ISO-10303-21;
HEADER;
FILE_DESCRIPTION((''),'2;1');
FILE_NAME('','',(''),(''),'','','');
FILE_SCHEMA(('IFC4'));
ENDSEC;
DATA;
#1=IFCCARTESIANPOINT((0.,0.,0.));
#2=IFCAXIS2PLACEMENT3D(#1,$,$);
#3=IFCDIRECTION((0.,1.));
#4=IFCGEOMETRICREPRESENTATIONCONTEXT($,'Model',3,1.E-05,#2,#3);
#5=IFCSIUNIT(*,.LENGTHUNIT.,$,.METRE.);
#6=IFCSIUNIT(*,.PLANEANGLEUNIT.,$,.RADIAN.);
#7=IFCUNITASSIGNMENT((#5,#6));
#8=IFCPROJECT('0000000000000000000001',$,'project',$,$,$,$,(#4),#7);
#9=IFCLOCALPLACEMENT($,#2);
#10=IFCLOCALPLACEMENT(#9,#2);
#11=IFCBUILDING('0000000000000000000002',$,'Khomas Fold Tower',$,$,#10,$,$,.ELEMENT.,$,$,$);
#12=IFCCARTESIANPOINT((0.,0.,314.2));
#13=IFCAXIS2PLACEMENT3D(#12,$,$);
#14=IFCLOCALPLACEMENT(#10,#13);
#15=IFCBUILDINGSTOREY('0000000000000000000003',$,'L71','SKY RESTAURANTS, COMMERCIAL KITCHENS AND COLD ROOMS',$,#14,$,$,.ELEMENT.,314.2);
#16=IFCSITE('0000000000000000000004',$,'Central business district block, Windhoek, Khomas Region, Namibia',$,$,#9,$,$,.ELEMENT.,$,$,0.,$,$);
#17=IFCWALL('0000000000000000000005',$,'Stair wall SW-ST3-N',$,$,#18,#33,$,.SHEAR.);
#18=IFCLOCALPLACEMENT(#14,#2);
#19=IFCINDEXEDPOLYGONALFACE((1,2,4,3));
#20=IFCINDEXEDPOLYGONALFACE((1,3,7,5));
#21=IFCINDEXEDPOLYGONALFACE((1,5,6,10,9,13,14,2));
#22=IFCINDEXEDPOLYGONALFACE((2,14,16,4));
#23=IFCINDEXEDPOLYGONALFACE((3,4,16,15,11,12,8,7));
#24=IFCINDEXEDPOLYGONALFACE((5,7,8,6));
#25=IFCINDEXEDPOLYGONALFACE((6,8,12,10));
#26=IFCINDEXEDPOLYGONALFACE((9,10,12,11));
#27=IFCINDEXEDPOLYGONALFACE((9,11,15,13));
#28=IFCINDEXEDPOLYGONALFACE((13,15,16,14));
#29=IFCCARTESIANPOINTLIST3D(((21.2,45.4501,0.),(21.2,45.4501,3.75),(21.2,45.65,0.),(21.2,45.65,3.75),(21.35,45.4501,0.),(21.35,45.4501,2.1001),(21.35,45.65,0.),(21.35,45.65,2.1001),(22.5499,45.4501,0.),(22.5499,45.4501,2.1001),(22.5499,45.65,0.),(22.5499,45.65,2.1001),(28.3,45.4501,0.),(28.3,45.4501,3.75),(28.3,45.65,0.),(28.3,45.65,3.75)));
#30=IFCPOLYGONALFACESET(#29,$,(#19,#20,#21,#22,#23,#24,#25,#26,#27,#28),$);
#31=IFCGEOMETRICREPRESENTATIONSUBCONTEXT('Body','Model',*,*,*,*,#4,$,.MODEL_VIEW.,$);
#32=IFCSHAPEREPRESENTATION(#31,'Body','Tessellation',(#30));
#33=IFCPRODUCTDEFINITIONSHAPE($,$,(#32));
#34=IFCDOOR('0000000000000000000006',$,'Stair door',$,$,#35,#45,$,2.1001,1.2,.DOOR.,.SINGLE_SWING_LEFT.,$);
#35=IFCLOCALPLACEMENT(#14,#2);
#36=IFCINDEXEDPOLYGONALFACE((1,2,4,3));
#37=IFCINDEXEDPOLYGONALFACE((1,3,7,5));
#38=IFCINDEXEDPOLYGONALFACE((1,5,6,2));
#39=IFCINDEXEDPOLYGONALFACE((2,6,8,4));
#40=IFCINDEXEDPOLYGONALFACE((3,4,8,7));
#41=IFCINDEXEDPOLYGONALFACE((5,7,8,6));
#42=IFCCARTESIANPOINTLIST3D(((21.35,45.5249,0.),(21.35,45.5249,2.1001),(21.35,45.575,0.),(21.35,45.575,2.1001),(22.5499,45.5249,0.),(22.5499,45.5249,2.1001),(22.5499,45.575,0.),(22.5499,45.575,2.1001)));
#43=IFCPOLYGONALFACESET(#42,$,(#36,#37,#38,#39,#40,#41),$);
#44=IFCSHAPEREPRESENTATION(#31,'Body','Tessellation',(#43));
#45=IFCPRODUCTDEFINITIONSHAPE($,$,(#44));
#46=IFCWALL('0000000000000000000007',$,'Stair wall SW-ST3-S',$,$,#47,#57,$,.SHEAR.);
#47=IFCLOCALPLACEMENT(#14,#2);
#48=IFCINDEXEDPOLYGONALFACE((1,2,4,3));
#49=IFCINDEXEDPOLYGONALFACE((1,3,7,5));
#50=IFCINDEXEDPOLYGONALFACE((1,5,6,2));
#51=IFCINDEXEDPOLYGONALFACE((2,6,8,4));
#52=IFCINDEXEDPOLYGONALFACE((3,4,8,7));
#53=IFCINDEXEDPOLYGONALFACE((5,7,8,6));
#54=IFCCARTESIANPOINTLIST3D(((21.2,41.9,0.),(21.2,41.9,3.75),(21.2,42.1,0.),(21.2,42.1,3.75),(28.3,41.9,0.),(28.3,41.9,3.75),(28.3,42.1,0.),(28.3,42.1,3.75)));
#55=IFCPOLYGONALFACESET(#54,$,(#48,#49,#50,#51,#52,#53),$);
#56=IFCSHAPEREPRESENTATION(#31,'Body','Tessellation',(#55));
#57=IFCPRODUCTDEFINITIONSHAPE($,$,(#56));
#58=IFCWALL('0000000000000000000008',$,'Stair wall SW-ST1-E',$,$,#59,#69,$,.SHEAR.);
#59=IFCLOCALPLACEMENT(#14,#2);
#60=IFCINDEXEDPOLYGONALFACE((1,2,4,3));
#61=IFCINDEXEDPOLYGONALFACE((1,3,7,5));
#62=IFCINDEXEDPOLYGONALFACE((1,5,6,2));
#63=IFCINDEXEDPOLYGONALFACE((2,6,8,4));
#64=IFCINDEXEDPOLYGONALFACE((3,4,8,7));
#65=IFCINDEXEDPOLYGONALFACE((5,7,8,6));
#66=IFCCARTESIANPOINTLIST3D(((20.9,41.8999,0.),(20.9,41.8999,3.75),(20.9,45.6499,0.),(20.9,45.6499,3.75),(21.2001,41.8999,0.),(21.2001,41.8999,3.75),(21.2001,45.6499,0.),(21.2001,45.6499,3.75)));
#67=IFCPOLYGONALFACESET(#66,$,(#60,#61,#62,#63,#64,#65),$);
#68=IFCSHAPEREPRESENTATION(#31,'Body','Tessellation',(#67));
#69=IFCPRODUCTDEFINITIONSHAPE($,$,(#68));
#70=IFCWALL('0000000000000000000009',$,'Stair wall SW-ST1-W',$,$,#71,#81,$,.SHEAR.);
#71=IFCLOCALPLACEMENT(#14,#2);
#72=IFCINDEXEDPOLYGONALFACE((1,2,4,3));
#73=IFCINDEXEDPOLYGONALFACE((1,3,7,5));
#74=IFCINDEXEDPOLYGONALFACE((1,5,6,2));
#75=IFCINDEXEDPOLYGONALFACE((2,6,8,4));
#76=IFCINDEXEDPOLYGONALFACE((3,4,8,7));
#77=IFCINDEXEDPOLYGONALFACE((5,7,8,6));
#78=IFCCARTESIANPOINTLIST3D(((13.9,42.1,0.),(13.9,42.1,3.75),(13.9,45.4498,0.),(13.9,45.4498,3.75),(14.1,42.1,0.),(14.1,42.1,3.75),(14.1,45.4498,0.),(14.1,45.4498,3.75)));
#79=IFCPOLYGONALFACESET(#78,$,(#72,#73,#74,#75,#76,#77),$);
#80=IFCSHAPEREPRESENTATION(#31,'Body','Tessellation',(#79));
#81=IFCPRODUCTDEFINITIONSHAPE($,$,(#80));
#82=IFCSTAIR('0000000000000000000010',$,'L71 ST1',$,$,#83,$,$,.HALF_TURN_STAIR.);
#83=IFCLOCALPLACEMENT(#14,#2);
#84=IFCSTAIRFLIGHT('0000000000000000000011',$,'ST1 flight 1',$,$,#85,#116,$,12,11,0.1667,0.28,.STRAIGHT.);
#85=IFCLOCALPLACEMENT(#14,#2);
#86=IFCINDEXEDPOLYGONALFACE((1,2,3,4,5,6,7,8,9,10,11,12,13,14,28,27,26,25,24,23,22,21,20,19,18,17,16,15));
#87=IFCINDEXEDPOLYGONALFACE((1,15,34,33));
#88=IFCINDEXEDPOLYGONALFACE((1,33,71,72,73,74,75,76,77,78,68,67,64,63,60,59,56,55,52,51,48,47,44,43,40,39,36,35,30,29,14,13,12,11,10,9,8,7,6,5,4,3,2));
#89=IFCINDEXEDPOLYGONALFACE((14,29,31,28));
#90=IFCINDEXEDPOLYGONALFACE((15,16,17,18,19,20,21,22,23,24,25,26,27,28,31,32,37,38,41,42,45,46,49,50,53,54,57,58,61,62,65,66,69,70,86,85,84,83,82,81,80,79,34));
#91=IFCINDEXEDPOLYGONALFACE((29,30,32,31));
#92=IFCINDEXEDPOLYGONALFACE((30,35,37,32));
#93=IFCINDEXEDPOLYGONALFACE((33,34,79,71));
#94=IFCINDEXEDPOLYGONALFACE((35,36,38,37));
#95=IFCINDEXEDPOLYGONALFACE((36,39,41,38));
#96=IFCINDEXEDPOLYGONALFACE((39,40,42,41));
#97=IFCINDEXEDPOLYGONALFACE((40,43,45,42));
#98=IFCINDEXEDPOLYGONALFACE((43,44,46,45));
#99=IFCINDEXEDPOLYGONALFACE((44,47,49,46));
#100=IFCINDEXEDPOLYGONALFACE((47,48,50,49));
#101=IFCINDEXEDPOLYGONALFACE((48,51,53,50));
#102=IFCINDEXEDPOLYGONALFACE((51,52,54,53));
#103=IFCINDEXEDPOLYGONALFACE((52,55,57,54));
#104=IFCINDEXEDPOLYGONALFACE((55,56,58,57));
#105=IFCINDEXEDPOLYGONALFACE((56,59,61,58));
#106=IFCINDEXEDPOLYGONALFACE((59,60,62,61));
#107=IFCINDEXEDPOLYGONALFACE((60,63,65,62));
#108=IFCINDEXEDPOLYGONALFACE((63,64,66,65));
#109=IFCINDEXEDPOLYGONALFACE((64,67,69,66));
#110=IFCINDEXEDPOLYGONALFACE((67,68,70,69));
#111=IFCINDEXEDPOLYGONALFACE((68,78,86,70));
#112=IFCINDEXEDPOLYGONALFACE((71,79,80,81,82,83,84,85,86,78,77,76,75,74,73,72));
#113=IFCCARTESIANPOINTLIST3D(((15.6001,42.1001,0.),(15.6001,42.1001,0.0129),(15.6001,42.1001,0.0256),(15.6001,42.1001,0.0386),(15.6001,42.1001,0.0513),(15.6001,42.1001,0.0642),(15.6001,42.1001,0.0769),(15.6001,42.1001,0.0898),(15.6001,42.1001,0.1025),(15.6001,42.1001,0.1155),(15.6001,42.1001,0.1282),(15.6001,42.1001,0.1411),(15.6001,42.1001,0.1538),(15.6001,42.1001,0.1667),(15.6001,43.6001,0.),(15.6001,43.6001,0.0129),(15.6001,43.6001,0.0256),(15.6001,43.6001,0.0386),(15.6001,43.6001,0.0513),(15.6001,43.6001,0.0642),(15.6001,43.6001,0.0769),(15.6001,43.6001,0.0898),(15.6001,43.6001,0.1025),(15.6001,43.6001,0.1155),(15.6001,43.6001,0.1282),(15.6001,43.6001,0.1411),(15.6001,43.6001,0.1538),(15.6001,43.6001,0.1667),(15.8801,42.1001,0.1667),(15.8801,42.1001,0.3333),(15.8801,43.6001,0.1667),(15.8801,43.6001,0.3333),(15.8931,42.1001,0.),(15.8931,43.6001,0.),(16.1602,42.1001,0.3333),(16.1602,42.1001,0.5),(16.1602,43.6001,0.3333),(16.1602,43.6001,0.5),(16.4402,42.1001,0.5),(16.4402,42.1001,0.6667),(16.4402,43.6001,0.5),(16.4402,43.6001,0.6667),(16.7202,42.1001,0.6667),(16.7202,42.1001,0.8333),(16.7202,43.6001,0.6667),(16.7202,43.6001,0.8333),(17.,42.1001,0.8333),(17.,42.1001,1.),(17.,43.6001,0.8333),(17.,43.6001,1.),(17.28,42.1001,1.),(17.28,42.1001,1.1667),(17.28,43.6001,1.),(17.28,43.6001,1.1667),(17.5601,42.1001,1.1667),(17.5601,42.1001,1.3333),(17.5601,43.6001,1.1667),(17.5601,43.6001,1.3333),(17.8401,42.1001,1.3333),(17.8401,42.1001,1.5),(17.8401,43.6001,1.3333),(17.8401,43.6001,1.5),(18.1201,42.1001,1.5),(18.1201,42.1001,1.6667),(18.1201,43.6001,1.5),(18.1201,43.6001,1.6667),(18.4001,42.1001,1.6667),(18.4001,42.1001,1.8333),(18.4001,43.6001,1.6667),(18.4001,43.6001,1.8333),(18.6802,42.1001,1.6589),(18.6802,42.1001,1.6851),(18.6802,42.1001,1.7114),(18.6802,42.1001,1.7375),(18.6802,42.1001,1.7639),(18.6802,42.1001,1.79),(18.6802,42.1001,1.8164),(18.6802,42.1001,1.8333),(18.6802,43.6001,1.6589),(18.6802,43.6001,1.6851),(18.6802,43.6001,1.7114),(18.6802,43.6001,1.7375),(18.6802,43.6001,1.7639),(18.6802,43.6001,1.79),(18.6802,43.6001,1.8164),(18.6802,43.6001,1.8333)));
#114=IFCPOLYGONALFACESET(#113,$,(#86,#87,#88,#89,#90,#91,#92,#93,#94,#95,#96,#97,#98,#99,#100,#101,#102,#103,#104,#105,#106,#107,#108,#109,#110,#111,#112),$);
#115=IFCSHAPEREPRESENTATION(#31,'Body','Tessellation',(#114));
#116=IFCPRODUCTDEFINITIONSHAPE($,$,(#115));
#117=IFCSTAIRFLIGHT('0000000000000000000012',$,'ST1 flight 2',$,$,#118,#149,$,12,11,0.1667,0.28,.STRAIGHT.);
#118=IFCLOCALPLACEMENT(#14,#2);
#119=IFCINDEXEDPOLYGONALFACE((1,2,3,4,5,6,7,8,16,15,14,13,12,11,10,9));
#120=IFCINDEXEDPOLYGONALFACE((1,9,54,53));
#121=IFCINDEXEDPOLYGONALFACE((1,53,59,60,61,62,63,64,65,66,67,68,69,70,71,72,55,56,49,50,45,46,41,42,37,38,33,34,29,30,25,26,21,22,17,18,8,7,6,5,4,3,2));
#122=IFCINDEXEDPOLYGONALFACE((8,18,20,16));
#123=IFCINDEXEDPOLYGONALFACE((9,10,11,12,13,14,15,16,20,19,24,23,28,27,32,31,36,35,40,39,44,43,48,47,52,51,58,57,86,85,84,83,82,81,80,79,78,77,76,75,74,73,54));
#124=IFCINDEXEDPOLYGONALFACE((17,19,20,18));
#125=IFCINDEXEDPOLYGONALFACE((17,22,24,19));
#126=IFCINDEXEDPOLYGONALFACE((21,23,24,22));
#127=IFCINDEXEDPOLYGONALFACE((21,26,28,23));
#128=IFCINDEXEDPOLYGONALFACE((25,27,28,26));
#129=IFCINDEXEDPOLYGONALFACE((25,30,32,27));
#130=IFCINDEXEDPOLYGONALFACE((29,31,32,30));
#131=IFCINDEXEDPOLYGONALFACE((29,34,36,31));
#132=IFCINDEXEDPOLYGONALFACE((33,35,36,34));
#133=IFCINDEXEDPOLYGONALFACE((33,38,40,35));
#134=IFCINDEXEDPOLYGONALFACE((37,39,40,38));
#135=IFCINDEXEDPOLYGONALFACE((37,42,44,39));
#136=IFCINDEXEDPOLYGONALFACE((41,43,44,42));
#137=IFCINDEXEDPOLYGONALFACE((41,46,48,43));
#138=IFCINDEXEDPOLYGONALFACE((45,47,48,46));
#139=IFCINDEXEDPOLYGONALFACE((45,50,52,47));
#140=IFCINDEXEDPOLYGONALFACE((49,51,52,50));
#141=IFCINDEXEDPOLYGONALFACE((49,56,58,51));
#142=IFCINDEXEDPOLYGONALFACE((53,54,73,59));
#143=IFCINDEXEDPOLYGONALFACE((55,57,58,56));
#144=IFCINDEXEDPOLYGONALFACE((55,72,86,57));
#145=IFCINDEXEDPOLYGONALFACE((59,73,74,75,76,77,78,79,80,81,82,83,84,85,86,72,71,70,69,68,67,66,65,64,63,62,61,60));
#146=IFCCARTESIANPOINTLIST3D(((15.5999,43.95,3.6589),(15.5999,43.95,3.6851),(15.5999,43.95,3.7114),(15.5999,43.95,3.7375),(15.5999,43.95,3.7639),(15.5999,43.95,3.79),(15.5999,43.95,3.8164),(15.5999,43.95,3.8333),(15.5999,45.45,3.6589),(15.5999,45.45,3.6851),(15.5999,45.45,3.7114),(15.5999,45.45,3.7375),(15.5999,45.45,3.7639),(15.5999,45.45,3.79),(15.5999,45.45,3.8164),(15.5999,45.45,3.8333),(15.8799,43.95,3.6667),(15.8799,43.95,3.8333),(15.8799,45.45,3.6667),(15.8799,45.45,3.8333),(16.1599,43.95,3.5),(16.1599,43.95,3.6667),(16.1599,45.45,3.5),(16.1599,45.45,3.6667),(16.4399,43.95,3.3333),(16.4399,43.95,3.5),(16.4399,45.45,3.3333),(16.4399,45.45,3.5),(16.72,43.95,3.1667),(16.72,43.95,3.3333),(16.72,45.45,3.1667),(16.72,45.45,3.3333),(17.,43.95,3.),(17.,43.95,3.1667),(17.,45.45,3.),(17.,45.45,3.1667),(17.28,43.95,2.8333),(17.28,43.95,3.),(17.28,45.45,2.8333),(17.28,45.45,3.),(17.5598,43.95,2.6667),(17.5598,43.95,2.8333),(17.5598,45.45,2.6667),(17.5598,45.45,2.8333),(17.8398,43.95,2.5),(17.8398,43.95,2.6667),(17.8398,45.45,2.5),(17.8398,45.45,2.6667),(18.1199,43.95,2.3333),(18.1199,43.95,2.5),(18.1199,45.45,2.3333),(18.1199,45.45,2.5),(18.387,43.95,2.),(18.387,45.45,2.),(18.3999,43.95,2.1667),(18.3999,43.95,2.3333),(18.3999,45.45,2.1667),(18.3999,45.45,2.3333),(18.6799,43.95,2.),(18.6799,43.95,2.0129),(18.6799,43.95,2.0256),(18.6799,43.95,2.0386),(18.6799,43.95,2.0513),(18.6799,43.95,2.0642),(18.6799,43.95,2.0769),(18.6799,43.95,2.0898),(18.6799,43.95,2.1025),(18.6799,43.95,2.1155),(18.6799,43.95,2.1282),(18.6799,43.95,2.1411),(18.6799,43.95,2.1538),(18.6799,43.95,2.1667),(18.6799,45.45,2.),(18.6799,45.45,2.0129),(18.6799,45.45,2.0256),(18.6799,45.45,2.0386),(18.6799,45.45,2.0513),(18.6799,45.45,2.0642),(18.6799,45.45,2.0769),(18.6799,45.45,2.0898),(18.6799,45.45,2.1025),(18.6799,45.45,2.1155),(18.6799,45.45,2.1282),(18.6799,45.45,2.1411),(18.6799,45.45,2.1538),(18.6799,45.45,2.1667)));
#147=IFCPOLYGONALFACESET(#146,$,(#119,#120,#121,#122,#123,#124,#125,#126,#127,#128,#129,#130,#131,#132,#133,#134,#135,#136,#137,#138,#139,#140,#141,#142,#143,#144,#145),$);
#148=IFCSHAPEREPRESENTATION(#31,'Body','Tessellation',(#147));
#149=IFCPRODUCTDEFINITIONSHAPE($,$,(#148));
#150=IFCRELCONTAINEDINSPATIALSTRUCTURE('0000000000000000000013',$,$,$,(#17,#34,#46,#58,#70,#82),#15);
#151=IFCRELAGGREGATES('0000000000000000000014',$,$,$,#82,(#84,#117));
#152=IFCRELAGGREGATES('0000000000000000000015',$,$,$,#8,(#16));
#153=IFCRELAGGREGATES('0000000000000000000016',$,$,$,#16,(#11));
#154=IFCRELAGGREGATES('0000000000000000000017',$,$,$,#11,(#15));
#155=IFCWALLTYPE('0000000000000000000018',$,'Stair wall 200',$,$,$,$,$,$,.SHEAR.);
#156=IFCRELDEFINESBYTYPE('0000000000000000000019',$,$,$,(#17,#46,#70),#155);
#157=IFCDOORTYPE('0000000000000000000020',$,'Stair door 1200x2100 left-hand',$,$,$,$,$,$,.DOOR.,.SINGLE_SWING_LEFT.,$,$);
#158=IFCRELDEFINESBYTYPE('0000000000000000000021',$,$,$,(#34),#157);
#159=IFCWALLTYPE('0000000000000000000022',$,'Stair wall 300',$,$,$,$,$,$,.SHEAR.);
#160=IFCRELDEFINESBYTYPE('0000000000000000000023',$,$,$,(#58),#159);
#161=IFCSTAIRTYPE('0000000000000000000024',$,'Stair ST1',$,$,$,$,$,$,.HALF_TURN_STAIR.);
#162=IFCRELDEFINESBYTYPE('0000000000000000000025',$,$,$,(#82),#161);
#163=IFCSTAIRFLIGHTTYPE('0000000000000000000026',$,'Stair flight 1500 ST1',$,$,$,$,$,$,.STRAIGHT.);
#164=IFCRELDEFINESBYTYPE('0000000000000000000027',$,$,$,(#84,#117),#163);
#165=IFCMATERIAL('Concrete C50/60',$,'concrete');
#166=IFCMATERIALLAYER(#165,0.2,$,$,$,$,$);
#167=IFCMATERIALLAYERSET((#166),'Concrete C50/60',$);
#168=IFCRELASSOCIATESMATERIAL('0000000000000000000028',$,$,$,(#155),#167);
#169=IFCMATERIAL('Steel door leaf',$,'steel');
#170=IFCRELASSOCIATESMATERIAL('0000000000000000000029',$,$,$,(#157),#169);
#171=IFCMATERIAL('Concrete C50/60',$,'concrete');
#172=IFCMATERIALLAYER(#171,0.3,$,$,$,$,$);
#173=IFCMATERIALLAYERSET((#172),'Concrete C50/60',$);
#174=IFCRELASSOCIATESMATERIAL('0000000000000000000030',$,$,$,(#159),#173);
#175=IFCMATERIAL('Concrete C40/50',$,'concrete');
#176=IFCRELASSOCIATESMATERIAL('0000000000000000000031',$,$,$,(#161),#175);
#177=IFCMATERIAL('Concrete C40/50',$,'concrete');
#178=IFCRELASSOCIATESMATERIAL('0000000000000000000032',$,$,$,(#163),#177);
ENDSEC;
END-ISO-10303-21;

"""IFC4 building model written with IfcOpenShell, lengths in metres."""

from ifc_helpers import new_model, si_unit, direction, frame, frame_2d, origin, place, context, subcontext, project, spatial, polyline, rectangle, outline, extrude, source, transform, mapped, material, layer, layer_set, type_object, element, fill, aggregate, save


model = new_model("IFC4")

# Units and contexts
model_context = context("Model", 3, precision=1e-05, world=origin(), true_north=direction((0.0, 1.0)))
body_context = subcontext(model_context, "Body", "Model", "MODEL_VIEW")
ifc_project = project(units=[si_unit("LENGTHUNIT", "METRE"), si_unit("PLANEANGLEUNIT", "RADIAN")], contexts=[model_context])

# Site, building, storey
site_placement = place(None, origin())
site = spatial("IfcSite", under=ifc_project, at=site_placement, Name="Central business district block, Windhoek, Khomas Region, Namibia", CompositionType="ELEMENT", RefElevation=0.0)
building_placement = place(site_placement, origin())
building = spatial("IfcBuilding", under=site, at=building_placement, Name="Khomas Fold Tower", CompositionType="ELEMENT")
storey_placement = place(building_placement, frame((0.0, 0.0, 314.2)))
storey = spatial("IfcBuildingStorey", under=building, at=storey_placement, Name="L71", Description="SKY RESTAURANTS, COMMERCIAL KITCHENS AND COLD ROOMS", CompositionType="ELEMENT", Elevation=314.2)

# Shared definitions
ifc_material_1 = material(Name="Concrete C50/60", Category="concrete")
ifc_layer_1 = layer(ifc_material_1, 0.2)
ifc_layer_set_1 = layer_set([ifc_layer_1], Name="Concrete C50/60")
wall_type_1 = type_object("IfcWallType", Name="Stair wall 200", PredefinedType="SHEAR", material=ifc_layer_set_1)
shared_shape_1 = source(origin(), body_context, "Body", "SweptSolid", [
    extrude(rectangle(XDim=1.2, YDim=2.1001, at=frame_2d((0.6001, 1.05))), frame((0.0, 0.1099, 0.0), z_axis=(0.0, -1.0, 0.0), x_axis=(1.0, 0.0, 0.0)), (0.0, 0.0, 1.0), 0.22),
])
ifc_material_2 = material(Name="Steel door leaf", Category="steel")
door_type = type_object("IfcDoorType", Name="Stair door 1200x2100 left-hand", OperationType="SINGLE_SWING_LEFT", PredefinedType="DOOR", material=ifc_material_2)
shared_shape_2 = source(origin(), body_context, "Body", "SweptSolid", [
    extrude(rectangle(XDim=1.2, YDim=2.1001, at=frame_2d((0.6001, 1.05))), frame((0.0, 0.0249, 0.0), z_axis=(0.0, -1.0, 0.0), x_axis=(1.0, 0.0, 0.0)), (0.0, 0.0, 1.0), 0.05),
])

# Wall, opening, door
shared_shape_3 = source(origin(), body_context, "Body", "SweptSolid", [
    extrude(rectangle(XDim=7.1001, YDim=0.2, at=frame_2d((3.55, 0.0))), origin(), (0.0, 0.0, 1.0), 3.75),
])
wall_1_placement = place(storey_placement, frame((21.2, 45.55, 0.0), z_axis=(0.0, 0.0, 1.0), x_axis=(1.0, 0.0, 0.0)))
wall_1 = element("IfcWall", 1, at=wall_1_placement, inside=storey, type_object=wall_type_1, Name="Stair wall SW-ST3-N", PredefinedType="SHEAR", context=body_context, shape_type="MappedRepresentation", body=[
    mapped(shared_shape_3, transform((0.0, 0.0, 0.0))),
])
opening_1_placement = place(wall_1_placement, frame((0.1499, 0.0, 0.0)))
opening_1 = element("IfcOpeningElement", 2, at=opening_1_placement, cuts=wall_1, PredefinedType="OPENING", context=body_context, shape_type="MappedRepresentation", body=[
    mapped(shared_shape_1, transform((0.0, 0.0, 0.0))),
])
door_1_placement = place(opening_1_placement, origin())
door_1 = element("IfcDoor", 3, at=door_1_placement, inside=storey, type_object=door_type, Name="Stair door", OperationType="SINGLE_SWING_LEFT", OverallHeight=2.1001, OverallWidth=1.2, PredefinedType="DOOR", context=body_context, shape_type="MappedRepresentation", body=[
    mapped(shared_shape_2, transform((0.0, 0.0, 0.0))),
])
fill(opening_1, door_1)

# Walls
wall_2_placement = place(storey_placement, frame((21.2, 42.0, 0.0), z_axis=(0.0, 0.0, 1.0), x_axis=(1.0, 0.0, 0.0)))
element("IfcWall", 4, at=wall_2_placement, inside=storey, type_object=wall_type_1, Name="Stair wall SW-ST3-S", PredefinedType="SHEAR", context=body_context, shape_type="MappedRepresentation", body=[
    mapped(shared_shape_3, transform((0.0, 0.0, 0.0))),
])
ifc_material_3 = material(Name="Concrete C50/60", Category="concrete")
ifc_layer_2 = layer(ifc_material_3, 0.3)
ifc_layer_set_2 = layer_set([ifc_layer_2], Name="Concrete C50/60")
wall_type_2 = type_object("IfcWallType", Name="Stair wall 300", PredefinedType="SHEAR", material=ifc_layer_set_2)
shared_shape_4 = source(origin(), body_context, "Body", "SweptSolid", [
    extrude(rectangle(XDim=3.75, YDim=0.3, at=frame_2d((1.875, 0.0))), origin(), (0.0, 0.0, 1.0), 3.75),
])
wall_3_placement = place(storey_placement, frame((21.05, 41.8999, 0.0), z_axis=(0.0, 0.0, 1.0), x_axis=(0.0, 1.0, 0.0)))
element("IfcWall", 5, at=wall_3_placement, inside=storey, type_object=wall_type_2, Name="Stair wall SW-ST1-E", PredefinedType="SHEAR", context=body_context, shape_type="MappedRepresentation", body=[
    mapped(shared_shape_4, transform((0.0, 0.0, 0.0))),
])
shared_shape_5 = source(origin(), body_context, "Body", "SweptSolid", [
    extrude(rectangle(XDim=3.3499, YDim=0.2, at=frame_2d((1.6748, 0.0))), origin(), (0.0, 0.0, 1.0), 3.75),
])
wall_4_placement = place(storey_placement, frame((14.0, 42.1001, 0.0), z_axis=(0.0, 0.0, 1.0), x_axis=(0.0, 1.0, 0.0)))
element("IfcWall", 6, at=wall_4_placement, inside=storey, type_object=wall_type_1, Name="Stair wall SW-ST1-W", PredefinedType="SHEAR", context=body_context, shape_type="MappedRepresentation", body=[
    mapped(shared_shape_5, transform((0.0, 0.0, 0.0))),
])

# Stair, stair flights
ifc_material_4 = material(Name="Concrete C40/50", Category="concrete")
stair_type_1 = type_object("IfcStairType", Name="Stair ST1", PredefinedType="HALF_TURN_STAIR", material=ifc_material_4)
stair_1_placement = place(storey_placement, origin())
stair_1 = element("IfcStair", 7, at=stair_1_placement, inside=storey, type_object=stair_type_1, Name="L71 ST1", PredefinedType="HALF_TURN_STAIR")
ifc_material_5 = material(Name="Concrete C40/50", Category="concrete")
stair_flight_type_1 = type_object("IfcStairFlightType", Name="Stair flight 1500 ST1", PredefinedType="STRAIGHT", material=ifc_material_5)
shared_shape_6 = source(origin(), body_context, "Body", "SweptSolid", [
    extrude(outline(polyline([(0.0, 0.0), (0.0, 0.0129), (0.0, 0.0256), (0.0, 0.0386), (0.0, 0.0513), (0.0, 0.0642), (0.0, 0.0769), (0.0, 0.0898), (0.0, 0.1025), (0.0, 0.1155), (0.0, 0.1282), (0.0, 0.1411), (0.0, 0.1538), (0.0, 0.1667), (0.28, 0.1667), (0.28, 0.3333), (0.5601, 0.3333), (0.5601, 0.5), (0.8401, 0.5), (0.8401, 0.6667), (1.1201, 0.6667), (1.1201, 0.8333), (1.3999, 0.8333), (1.3999, 1.0), (1.6799, 1.0), (1.6799, 1.1667), (1.96, 1.1667), (1.96, 1.3333), (2.24, 1.3333), (2.24, 1.5), (2.52, 1.5), (2.52, 1.6667), (2.8, 1.6667), (2.8, 1.8333), (3.0801, 1.8333), (3.0801, 2.0), (3.0801, 1.9739), (3.0801, 1.9475), (3.0801, 1.9214), (3.0801, 1.895), (3.0801, 1.8689), (3.0801, 1.8425), (3.0801, 1.8164), (3.0801, 1.79), (3.0801, 1.7639), (3.0801, 1.7375), (3.0801, 1.7114), (3.0801, 1.6851), (3.0801, 1.6589), (0.293, 0.0), (0.0, 0.0)])), frame((0.0, 0.75, 0.0), z_axis=(0.0, -1.0, 0.0), x_axis=(1.0, 0.0, 0.0)), (0.0, 0.0, 1.0), 1.5),
])
stair_flight_1_placement = place(storey_placement, frame((15.6001, 42.8501, 0.0), z_axis=(0.0, 0.0, 1.0), x_axis=(1.0, 0.0, 0.0)))
stair_flight_1 = element("IfcStairFlight", 8, at=stair_flight_1_placement, type_object=stair_flight_type_1, Name="ST1 flight 1", NumberOfRisers=12, NumberOfTreads=11, PredefinedType="STRAIGHT", RiserHeight=0.1667, TreadLength=0.28, context=body_context, shape_type="MappedRepresentation", body=[
    mapped(shared_shape_6, transform((0.0, 0.0, 0.0))),
])
stair_flight_2_placement = place(storey_placement, frame((18.6799, 44.7, 2.0), z_axis=(0.0, 0.0, 1.0), x_axis=(-1.0, 0.0, 0.0)))
stair_flight_2 = element("IfcStairFlight", 9, at=stair_flight_2_placement, type_object=stair_flight_type_1, Name="ST1 flight 2", NumberOfRisers=12, NumberOfTreads=11, PredefinedType="STRAIGHT", RiserHeight=0.1667, TreadLength=0.28, context=body_context, shape_type="MappedRepresentation", body=[
    mapped(shared_shape_6, transform((0.0, 0.0, 0.0))),
])
aggregate(stair_1, [stair_flight_1, stair_flight_2])

save(model, "model.ifc")
